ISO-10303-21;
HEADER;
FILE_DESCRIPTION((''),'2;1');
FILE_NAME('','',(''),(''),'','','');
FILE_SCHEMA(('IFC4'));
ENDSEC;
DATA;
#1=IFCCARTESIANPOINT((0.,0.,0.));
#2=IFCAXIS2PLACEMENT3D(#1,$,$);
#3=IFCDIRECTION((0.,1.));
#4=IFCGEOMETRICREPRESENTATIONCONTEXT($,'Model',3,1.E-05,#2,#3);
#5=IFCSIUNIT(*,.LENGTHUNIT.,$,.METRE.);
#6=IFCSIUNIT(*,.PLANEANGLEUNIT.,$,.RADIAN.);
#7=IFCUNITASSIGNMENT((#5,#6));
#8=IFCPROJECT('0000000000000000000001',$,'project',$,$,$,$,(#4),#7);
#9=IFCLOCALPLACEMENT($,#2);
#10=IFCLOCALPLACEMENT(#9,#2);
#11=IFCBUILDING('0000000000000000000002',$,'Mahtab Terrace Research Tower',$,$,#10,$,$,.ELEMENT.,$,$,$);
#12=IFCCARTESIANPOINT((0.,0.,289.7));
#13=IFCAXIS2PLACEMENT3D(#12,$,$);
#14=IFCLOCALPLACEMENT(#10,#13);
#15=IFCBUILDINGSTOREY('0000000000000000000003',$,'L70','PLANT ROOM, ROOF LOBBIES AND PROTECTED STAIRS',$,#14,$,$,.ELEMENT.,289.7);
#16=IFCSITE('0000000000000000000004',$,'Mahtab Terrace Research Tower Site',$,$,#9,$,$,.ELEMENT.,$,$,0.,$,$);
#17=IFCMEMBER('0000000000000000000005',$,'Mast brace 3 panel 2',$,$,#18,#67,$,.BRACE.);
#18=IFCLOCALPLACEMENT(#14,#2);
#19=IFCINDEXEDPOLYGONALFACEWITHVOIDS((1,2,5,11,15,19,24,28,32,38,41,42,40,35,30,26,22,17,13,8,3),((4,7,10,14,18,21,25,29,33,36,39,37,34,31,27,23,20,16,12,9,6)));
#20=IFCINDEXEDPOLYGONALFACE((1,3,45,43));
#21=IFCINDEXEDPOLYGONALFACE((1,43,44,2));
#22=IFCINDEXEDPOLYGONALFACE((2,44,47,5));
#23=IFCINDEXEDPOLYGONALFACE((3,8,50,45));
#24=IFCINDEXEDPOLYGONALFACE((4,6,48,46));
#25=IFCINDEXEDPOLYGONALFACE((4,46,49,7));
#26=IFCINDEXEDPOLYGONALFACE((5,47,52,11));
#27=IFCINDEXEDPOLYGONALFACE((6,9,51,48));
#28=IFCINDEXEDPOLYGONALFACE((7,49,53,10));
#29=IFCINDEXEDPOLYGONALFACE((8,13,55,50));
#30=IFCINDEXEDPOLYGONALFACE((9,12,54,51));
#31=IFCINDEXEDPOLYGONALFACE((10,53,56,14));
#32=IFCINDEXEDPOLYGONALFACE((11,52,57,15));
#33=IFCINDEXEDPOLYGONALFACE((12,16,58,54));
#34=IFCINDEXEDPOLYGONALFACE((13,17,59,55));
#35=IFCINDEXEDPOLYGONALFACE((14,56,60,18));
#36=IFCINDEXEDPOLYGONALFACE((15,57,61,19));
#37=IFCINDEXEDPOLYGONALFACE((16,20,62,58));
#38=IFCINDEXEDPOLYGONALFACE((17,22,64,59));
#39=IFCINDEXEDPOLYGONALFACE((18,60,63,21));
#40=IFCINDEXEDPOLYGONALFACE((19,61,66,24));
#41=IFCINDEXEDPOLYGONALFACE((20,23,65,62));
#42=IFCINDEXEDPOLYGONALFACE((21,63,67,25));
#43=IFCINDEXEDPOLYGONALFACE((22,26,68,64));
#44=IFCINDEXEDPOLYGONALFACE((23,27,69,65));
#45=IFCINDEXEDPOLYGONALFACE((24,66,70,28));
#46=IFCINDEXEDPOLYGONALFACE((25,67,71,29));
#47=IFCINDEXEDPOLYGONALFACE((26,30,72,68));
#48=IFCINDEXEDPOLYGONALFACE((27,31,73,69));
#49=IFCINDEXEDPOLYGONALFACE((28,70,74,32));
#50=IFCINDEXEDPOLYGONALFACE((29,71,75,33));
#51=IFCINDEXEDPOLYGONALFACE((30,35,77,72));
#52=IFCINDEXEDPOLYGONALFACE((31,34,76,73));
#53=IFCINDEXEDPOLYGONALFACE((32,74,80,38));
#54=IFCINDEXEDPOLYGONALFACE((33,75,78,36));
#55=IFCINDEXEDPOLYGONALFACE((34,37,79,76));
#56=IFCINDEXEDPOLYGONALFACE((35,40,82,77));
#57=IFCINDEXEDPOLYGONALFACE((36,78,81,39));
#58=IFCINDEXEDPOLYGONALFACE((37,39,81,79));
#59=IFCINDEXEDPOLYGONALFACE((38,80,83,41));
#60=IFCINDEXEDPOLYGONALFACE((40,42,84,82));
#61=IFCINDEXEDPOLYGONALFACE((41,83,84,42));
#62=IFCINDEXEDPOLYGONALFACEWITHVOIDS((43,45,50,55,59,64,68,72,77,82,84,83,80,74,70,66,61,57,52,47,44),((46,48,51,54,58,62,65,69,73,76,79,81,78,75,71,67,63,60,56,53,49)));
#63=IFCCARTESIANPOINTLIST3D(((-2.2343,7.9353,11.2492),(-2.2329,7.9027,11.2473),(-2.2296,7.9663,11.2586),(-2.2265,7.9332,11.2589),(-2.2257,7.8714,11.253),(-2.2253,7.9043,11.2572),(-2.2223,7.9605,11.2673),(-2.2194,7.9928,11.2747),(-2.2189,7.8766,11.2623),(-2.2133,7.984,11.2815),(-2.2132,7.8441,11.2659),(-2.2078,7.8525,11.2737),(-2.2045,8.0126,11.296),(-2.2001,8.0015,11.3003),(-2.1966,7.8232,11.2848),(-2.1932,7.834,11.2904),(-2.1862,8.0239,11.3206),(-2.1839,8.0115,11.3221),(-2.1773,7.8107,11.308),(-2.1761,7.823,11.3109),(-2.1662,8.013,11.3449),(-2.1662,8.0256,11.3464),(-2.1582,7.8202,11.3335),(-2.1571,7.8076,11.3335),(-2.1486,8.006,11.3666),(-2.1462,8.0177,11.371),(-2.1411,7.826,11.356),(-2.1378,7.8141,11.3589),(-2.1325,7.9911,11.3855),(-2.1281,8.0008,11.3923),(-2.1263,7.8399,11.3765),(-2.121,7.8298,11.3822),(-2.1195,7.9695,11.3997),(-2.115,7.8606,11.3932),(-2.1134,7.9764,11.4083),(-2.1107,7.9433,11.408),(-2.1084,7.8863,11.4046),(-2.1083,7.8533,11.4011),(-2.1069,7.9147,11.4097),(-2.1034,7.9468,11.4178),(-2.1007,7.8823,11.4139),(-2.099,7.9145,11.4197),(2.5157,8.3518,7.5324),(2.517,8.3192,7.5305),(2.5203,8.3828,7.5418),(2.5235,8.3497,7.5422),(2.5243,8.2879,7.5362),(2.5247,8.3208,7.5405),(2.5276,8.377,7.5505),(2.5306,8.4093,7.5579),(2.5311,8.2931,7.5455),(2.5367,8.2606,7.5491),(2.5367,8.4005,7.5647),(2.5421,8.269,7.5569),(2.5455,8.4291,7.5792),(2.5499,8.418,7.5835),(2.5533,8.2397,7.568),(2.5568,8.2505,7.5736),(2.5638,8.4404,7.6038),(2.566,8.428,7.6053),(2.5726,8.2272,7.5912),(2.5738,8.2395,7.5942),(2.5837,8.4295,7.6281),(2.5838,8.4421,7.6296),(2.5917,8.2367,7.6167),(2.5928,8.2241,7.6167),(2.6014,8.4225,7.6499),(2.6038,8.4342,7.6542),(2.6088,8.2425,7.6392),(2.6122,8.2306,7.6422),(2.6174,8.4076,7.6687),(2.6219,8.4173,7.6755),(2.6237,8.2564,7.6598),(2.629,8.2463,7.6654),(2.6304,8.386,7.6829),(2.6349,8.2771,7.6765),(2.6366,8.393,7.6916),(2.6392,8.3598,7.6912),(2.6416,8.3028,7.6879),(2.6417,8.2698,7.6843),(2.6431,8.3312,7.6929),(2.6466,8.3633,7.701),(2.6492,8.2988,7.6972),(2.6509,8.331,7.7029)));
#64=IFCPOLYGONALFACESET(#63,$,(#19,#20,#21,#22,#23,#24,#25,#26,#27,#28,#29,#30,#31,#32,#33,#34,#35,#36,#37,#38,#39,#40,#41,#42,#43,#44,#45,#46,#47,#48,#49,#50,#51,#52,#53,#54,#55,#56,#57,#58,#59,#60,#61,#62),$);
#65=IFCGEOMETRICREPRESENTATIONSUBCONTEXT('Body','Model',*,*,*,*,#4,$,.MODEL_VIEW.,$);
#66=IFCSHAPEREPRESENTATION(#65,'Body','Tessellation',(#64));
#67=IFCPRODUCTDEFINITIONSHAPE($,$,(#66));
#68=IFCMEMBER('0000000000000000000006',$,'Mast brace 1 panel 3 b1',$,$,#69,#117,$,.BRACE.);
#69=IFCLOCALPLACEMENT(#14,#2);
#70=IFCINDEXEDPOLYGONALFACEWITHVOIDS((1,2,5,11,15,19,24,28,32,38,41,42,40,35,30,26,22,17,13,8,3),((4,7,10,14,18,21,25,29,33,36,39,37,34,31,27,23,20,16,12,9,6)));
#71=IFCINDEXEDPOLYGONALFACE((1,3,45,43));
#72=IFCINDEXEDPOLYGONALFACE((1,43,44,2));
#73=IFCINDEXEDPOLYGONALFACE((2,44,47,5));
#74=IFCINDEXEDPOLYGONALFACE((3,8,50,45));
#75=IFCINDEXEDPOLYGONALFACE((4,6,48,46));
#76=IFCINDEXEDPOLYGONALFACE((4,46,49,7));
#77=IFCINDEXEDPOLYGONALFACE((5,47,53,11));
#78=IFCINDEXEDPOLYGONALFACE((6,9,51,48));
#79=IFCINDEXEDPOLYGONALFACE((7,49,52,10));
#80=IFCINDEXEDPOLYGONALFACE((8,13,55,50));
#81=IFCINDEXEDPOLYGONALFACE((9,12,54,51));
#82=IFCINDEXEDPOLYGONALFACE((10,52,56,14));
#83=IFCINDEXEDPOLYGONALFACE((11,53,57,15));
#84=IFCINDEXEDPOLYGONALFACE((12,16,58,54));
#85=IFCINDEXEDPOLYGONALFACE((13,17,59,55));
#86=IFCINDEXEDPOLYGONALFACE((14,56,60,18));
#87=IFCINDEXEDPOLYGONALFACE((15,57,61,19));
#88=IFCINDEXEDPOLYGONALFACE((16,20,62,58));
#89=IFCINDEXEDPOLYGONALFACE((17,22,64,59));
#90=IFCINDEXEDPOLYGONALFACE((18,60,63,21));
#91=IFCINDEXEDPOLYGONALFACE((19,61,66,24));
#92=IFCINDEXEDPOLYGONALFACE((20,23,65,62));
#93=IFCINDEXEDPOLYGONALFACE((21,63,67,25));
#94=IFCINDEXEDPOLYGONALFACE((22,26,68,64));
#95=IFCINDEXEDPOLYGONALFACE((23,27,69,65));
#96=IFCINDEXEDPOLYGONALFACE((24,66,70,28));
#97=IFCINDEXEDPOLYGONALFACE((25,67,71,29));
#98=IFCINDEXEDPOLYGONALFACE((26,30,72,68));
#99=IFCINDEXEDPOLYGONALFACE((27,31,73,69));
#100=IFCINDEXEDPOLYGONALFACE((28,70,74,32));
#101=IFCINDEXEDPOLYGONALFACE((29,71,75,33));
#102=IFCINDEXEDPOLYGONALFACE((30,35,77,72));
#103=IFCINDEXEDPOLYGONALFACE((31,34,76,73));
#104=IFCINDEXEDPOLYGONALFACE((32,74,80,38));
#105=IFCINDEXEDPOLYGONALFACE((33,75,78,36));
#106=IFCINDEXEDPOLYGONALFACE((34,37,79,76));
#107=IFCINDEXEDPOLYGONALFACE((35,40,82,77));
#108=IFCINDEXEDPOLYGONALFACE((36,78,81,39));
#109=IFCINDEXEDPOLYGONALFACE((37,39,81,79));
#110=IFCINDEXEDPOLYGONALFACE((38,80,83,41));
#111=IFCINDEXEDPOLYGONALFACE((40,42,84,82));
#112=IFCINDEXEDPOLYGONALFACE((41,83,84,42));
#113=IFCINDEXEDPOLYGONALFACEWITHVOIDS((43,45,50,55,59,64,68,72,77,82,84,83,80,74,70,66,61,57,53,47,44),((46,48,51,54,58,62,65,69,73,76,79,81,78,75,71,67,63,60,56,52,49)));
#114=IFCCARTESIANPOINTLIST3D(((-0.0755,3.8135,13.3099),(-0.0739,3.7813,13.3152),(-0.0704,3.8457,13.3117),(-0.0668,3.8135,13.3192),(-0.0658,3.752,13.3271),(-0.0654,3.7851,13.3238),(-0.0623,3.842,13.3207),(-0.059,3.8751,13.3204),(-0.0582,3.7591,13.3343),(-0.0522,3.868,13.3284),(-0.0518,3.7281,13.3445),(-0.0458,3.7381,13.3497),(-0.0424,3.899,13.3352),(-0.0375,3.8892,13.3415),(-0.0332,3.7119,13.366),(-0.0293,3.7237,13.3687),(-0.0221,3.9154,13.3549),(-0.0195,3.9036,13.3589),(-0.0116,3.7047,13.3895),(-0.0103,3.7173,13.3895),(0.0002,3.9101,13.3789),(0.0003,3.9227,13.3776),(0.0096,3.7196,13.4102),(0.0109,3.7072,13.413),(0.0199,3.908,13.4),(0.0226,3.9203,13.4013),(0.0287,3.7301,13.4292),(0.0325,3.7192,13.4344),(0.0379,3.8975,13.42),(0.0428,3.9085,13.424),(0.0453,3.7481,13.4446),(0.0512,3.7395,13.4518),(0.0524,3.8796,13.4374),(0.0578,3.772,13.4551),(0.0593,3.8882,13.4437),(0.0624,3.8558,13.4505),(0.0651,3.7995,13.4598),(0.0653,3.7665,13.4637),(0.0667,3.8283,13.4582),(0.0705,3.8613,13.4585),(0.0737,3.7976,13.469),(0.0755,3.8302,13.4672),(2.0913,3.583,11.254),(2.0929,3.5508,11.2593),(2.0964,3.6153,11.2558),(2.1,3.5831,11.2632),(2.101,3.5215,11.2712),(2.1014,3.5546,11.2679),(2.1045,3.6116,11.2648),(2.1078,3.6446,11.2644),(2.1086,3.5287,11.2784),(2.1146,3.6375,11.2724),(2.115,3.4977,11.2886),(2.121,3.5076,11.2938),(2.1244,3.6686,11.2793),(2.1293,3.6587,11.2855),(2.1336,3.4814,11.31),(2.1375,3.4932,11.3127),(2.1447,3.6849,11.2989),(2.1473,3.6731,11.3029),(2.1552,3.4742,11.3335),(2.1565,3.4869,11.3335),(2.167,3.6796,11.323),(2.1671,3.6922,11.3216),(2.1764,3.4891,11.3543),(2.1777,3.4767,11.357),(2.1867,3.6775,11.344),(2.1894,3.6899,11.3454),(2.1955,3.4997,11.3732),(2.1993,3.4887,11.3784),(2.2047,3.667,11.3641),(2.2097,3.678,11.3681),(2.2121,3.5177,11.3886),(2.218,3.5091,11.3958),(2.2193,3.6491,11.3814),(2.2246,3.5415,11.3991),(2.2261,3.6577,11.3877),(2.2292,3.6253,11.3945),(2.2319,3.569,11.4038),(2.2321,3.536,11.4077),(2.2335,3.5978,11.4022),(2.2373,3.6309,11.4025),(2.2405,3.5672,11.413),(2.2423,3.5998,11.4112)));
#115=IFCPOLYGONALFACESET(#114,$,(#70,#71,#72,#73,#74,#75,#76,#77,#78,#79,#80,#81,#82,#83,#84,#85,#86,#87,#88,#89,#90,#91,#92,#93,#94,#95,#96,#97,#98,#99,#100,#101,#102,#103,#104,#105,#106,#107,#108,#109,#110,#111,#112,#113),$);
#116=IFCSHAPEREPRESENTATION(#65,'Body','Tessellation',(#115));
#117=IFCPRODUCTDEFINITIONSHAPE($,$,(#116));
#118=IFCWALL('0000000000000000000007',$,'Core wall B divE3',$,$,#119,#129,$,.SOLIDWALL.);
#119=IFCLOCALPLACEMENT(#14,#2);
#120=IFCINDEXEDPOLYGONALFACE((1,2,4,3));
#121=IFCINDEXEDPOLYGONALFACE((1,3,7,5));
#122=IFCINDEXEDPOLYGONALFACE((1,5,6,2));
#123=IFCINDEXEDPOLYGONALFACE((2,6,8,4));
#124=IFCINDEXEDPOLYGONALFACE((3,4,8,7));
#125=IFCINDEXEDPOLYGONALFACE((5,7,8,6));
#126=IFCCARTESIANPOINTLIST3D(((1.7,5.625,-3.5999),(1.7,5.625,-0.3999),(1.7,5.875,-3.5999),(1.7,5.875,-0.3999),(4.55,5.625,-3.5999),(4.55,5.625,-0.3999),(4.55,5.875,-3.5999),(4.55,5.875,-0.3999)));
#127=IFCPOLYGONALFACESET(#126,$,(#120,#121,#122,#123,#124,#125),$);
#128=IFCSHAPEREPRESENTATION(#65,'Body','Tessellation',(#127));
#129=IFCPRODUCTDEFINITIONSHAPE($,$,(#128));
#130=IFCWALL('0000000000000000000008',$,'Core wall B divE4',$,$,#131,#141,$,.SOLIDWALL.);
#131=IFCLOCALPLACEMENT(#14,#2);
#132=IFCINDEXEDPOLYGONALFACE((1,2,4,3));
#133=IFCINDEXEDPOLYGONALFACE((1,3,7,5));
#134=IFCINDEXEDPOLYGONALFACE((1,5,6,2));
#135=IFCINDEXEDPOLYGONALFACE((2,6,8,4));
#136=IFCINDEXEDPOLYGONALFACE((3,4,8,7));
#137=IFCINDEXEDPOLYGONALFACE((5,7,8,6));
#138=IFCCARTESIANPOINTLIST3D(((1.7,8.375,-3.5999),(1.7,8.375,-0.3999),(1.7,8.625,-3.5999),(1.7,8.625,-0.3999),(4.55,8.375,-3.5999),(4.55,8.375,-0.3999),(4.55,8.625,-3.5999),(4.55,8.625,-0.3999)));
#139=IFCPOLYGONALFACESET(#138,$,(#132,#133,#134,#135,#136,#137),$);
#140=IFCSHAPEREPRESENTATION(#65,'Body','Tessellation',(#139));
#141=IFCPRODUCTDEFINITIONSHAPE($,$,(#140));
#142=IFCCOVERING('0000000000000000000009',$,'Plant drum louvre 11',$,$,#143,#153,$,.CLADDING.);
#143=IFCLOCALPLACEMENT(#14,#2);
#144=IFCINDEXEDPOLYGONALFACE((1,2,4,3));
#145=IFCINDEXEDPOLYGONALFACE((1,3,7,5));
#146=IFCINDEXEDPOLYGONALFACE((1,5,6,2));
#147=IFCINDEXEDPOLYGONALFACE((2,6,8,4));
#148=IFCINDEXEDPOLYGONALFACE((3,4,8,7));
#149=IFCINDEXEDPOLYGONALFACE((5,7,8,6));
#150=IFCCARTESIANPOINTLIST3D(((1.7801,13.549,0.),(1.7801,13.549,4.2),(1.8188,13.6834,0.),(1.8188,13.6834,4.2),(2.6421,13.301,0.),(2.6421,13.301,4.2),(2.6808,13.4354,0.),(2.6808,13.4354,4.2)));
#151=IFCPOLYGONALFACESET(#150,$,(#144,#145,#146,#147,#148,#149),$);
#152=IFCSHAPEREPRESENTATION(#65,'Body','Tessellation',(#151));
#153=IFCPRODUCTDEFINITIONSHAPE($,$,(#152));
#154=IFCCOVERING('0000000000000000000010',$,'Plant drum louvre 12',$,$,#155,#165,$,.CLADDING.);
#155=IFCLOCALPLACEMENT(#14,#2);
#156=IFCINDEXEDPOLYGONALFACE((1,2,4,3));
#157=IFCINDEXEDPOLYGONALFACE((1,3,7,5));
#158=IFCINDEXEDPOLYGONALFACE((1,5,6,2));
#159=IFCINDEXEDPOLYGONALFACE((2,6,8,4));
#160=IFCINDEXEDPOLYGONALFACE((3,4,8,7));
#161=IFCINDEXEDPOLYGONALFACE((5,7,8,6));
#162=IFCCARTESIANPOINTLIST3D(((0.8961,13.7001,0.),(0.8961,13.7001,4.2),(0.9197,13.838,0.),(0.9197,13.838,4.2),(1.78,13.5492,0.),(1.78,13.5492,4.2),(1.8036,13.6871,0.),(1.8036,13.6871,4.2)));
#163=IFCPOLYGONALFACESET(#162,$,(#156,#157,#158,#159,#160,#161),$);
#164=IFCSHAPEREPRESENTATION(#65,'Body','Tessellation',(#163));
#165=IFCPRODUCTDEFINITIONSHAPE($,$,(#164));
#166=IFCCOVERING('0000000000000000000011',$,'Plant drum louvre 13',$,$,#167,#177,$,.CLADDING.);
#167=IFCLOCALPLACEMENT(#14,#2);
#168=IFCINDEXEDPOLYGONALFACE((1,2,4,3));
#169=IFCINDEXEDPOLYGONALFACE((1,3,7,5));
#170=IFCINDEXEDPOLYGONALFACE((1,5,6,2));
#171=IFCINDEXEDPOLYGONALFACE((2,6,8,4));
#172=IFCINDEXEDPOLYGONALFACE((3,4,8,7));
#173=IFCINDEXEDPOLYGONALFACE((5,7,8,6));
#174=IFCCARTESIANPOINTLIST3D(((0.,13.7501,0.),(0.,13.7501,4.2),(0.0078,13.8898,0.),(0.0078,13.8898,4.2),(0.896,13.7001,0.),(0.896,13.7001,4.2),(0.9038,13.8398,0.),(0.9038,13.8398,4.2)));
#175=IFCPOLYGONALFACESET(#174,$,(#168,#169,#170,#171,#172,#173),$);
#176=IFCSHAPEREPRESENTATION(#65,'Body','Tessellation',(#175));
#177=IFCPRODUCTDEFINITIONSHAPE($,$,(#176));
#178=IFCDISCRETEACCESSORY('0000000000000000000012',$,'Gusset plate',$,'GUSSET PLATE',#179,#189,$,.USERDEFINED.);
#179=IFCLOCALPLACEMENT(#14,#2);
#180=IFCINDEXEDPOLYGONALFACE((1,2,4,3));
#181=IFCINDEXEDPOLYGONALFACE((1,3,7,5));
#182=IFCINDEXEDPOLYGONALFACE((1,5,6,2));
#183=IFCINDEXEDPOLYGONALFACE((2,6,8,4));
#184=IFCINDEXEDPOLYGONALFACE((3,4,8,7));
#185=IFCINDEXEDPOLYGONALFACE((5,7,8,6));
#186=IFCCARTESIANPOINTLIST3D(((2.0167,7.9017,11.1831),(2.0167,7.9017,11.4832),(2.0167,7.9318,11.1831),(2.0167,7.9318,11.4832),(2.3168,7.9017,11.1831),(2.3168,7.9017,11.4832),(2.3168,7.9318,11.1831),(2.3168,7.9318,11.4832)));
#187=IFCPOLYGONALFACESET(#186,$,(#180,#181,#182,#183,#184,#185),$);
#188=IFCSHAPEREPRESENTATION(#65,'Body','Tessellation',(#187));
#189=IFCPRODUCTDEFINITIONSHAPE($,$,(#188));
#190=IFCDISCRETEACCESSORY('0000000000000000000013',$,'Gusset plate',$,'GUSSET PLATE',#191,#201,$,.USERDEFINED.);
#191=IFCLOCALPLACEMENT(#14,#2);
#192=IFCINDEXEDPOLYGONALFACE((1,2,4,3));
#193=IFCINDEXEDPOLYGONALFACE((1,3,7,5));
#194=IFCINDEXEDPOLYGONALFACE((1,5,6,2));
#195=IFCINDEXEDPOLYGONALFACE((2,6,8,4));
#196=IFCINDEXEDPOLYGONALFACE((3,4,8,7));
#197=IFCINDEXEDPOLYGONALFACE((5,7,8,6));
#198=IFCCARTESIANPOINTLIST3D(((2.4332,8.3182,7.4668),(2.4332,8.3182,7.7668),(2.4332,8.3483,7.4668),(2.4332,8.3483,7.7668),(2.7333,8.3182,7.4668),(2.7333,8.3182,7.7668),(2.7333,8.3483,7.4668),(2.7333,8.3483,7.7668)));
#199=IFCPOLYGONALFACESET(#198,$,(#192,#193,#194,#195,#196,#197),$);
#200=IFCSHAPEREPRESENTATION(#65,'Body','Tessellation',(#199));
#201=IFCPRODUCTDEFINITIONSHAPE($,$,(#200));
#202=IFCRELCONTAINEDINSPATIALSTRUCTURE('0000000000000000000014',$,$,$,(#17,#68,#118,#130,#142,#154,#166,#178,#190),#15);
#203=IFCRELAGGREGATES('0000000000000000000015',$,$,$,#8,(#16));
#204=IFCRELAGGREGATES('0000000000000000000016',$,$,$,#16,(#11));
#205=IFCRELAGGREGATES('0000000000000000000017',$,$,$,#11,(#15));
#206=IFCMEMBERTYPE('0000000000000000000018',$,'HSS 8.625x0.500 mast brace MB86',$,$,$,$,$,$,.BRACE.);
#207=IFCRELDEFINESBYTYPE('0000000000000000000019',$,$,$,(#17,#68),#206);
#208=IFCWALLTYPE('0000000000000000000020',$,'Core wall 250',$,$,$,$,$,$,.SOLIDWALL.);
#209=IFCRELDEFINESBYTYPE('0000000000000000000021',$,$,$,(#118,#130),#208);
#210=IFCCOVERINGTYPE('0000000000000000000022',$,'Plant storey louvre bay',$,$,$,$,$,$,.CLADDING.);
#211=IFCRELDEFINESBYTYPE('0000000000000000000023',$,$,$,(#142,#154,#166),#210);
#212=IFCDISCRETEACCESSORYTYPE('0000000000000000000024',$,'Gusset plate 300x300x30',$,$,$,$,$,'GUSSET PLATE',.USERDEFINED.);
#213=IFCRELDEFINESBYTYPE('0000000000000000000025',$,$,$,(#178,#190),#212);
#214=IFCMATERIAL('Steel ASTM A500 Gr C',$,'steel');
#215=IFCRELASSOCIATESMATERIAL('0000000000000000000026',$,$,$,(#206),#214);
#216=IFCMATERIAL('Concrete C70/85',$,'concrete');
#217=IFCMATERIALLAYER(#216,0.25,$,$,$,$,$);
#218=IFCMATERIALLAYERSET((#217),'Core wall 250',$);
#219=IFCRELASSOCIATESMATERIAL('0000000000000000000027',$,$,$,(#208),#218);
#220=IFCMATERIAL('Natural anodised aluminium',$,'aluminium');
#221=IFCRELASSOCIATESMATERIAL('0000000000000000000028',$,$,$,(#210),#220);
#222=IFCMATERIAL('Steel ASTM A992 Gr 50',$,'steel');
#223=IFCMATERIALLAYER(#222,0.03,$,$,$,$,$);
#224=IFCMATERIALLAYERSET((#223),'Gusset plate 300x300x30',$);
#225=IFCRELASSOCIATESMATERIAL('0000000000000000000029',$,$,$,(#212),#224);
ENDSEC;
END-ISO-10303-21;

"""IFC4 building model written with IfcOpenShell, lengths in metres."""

from ifc_helpers import new_model, si_unit, direction, frame, frame_2d, origin, origin_2d, place, context, subcontext, project, spatial, rectangle, hollow_circle, extrude, material, layer, layer_set, material_profile, profile_set, type_object, element, save


model = new_model("IFC4")

# Units and contexts
model_context = context("Model", 3, precision=1e-05, world=origin(), true_north=direction((0.0, 1.0)))
body_context = subcontext(model_context, "Body", "Model", "MODEL_VIEW")
ifc_project = project(units=[si_unit("LENGTHUNIT", "METRE"), si_unit("PLANEANGLEUNIT", "RADIAN")], contexts=[model_context])

# Site, building, storey
site_placement = place(None, origin())
site = spatial("IfcSite", under=ifc_project, at=site_placement, Name="Mahtab Terrace Research Tower Site", CompositionType="ELEMENT", RefElevation=0.0)
building_placement = place(site_placement, origin())
building = spatial("IfcBuilding", under=site, at=building_placement, Name="Mahtab Terrace Research Tower", CompositionType="ELEMENT")
storey_placement = place(building_placement, frame((0.0, 0.0, 289.7)))
storey = spatial("IfcBuildingStorey", under=building, at=storey_placement, Name="L70", Description="PLANT ROOM, ROOF LOBBIES AND PROTECTED STAIRS", CompositionType="ELEMENT", Elevation=289.7)

# Members
ifc_material_1 = material(Name="Steel ASTM A500 Gr C", Category="steel")
ifc_material_profile_1 = material_profile(ifc_material_1, hollow_circle(Radius=0.1096, WallThickness=0.0127, at=origin_2d()), Name="HSS8.625X0.500")
ifc_profile_set_1 = profile_set([ifc_material_profile_1], Name="Steel ASTM A500 Gr C")
member_type_1 = type_object("IfcMemberType", Name="HSS 8.625x0.500 mast brace MB86", PredefinedType="BRACE", material=ifc_profile_set_1)
member_1_placement = place(storey_placement, frame((2.5833, 8.3333, 7.6167), z_axis=(-0.785682, -0.068893, 0.614783), x_axis=(0.08735, -0.996178, 0.0)))
element("IfcMember", 1, at=member_1_placement, inside=storey, type_object=member_type_1, Name="Mast brace 3 panel 2", PredefinedType="BRACE", context=body_context, shape_type="SweptSolid", body=[
    extrude(hollow_circle(Radius=0.1096, WallThickness=0.0127, at=origin_2d()), origin(), (0.0, 0.0, 1.0), 6.0457),
])
member_2_placement = place(storey_placement, frame((2.1667, 3.5833, 11.3335), z_axis=(-0.723268, 0.076931, 0.686269), x_axis=(-0.10577, -0.994391, 0.0)))
element("IfcMember", 2, at=member_2_placement, inside=storey, type_object=member_type_1, Name="Mast brace 1 panel 3 b1", PredefinedType="BRACE", context=body_context, shape_type="SweptSolid", body=[
    extrude(hollow_circle(Radius=0.1096, WallThickness=0.0127, at=origin_2d()), origin(), (0.0, 0.0, 1.0), 2.9958),
])

# Walls
ifc_material_2 = material(Name="Concrete C70/85", Category="concrete")
ifc_layer_1 = layer(ifc_material_2, 0.25)
ifc_layer_set_1 = layer_set([ifc_layer_1], Name="Core wall 250")
wall_type = type_object("IfcWallType", Name="Core wall 250", PredefinedType="SOLIDWALL", material=ifc_layer_set_1)
for number, where, z_axis, x_axis, name in (
    (3, (1.7, 5.75, -3.5999), (0.0, 0.0, 1.0), (1.0, 0.0, 0.0), "Core wall B divE3"),
    (4, (1.7, 8.5, -3.5999), (0.0, 0.0, 1.0), (1.0, 0.0, 0.0), "Core wall B divE4"),
):
    element("IfcWall", number, at=place(storey_placement, frame(where, z_axis=z_axis, x_axis=x_axis)), inside=storey, type_object=wall_type, Name=name, PredefinedType="SOLIDWALL", context=body_context, shape_type="SweptSolid", body=[
        extrude(rectangle(XDim=2.8501, YDim=0.25, at=frame_2d((1.425, 0.0))), origin(), (0.0, 0.0, 1.0), 3.2),
    ])

# Coverings
ifc_material_3 = material(Name="Natural anodised aluminium", Category="aluminium")
covering_type = type_object("IfcCoveringType", Name="Plant storey louvre bay", PredefinedType="CLADDING", material=ifc_material_3)
covering_1_placement = place(storey_placement, frame((2.2305, 13.4922, 0.0), z_axis=(0.0, 0.0, 1.0), x_axis=(-0.961017, 0.276488, 0.0)))
element("IfcCovering", 5, at=covering_1_placement, inside=storey, type_object=covering_type, Name="Plant drum louvre 11", PredefinedType="CLADDING", context=body_context, shape_type="SweptSolid", body=[
    extrude(rectangle(XDim=0.897, YDim=0.1399, at=origin_2d()), origin(), (0.0, 0.0, 1.0), 4.2),
])
covering_2_placement = place(storey_placement, frame((1.3499, 13.6936, 0.0), z_axis=(0.0, 0.0, 1.0), x_axis=(-0.985723, 0.168376, 0.0)))
element("IfcCovering", 6, at=covering_2_placement, inside=storey, type_object=covering_type, Name="Plant drum louvre 12", PredefinedType="CLADDING", context=body_context, shape_type="SweptSolid", body=[
    extrude(rectangle(XDim=0.8967, YDim=0.1399, at=origin_2d()), origin(), (0.0, 0.0, 1.0), 4.2),
])
covering_3_placement = place(storey_placement, frame((0.4519, 13.7949, 0.0), z_axis=(0.0, 0.0, 1.0), x_axis=(-0.998447, 0.055717, 0.0)))
element("IfcCovering", 7, at=covering_3_placement, inside=storey, type_object=covering_type, Name="Plant drum louvre 13", PredefinedType="CLADDING", context=body_context, shape_type="SweptSolid", body=[
    extrude(rectangle(XDim=0.8975, YDim=0.1399, at=origin_2d()), origin(), (0.0, 0.0, 1.0), 4.2),
])

# Discrete accessories
ifc_material_4 = material(Name="Steel ASTM A992 Gr 50", Category="steel")
ifc_layer_2 = layer(ifc_material_4, 0.03)
ifc_layer_set_2 = layer_set([ifc_layer_2], Name="Gusset plate 300x300x30")
discrete_accessory_type = type_object("IfcDiscreteAccessoryType", Name="Gusset plate 300x300x30", ElementType="GUSSET PLATE", PredefinedType="USERDEFINED", material=ifc_layer_set_2)
for number, where, z_axis, x_axis, name in (
    (8, (2.1667, 7.9167, 11.1831), (0.0, 0.0, 1.0), (1.0, 0.0, 0.0), "Gusset plate"),
    (9, (2.5833, 8.3333, 7.4668), (0.0, 0.0, 1.0), (1.0, 0.0, 0.0), "Gusset plate"),
):
    element("IfcDiscreteAccessory", number, at=place(storey_placement, frame(where, z_axis=z_axis, x_axis=x_axis)), inside=storey, type_object=discrete_accessory_type, Name=name, ObjectType="GUSSET PLATE", PredefinedType="USERDEFINED", context=body_context, shape_type="SweptSolid", body=[
        extrude(rectangle(XDim=0.3, YDim=0.03, at=origin_2d()), origin(), (0.0, 0.0, 1.0), 0.3),
    ])

save(model, "model.ifc")
